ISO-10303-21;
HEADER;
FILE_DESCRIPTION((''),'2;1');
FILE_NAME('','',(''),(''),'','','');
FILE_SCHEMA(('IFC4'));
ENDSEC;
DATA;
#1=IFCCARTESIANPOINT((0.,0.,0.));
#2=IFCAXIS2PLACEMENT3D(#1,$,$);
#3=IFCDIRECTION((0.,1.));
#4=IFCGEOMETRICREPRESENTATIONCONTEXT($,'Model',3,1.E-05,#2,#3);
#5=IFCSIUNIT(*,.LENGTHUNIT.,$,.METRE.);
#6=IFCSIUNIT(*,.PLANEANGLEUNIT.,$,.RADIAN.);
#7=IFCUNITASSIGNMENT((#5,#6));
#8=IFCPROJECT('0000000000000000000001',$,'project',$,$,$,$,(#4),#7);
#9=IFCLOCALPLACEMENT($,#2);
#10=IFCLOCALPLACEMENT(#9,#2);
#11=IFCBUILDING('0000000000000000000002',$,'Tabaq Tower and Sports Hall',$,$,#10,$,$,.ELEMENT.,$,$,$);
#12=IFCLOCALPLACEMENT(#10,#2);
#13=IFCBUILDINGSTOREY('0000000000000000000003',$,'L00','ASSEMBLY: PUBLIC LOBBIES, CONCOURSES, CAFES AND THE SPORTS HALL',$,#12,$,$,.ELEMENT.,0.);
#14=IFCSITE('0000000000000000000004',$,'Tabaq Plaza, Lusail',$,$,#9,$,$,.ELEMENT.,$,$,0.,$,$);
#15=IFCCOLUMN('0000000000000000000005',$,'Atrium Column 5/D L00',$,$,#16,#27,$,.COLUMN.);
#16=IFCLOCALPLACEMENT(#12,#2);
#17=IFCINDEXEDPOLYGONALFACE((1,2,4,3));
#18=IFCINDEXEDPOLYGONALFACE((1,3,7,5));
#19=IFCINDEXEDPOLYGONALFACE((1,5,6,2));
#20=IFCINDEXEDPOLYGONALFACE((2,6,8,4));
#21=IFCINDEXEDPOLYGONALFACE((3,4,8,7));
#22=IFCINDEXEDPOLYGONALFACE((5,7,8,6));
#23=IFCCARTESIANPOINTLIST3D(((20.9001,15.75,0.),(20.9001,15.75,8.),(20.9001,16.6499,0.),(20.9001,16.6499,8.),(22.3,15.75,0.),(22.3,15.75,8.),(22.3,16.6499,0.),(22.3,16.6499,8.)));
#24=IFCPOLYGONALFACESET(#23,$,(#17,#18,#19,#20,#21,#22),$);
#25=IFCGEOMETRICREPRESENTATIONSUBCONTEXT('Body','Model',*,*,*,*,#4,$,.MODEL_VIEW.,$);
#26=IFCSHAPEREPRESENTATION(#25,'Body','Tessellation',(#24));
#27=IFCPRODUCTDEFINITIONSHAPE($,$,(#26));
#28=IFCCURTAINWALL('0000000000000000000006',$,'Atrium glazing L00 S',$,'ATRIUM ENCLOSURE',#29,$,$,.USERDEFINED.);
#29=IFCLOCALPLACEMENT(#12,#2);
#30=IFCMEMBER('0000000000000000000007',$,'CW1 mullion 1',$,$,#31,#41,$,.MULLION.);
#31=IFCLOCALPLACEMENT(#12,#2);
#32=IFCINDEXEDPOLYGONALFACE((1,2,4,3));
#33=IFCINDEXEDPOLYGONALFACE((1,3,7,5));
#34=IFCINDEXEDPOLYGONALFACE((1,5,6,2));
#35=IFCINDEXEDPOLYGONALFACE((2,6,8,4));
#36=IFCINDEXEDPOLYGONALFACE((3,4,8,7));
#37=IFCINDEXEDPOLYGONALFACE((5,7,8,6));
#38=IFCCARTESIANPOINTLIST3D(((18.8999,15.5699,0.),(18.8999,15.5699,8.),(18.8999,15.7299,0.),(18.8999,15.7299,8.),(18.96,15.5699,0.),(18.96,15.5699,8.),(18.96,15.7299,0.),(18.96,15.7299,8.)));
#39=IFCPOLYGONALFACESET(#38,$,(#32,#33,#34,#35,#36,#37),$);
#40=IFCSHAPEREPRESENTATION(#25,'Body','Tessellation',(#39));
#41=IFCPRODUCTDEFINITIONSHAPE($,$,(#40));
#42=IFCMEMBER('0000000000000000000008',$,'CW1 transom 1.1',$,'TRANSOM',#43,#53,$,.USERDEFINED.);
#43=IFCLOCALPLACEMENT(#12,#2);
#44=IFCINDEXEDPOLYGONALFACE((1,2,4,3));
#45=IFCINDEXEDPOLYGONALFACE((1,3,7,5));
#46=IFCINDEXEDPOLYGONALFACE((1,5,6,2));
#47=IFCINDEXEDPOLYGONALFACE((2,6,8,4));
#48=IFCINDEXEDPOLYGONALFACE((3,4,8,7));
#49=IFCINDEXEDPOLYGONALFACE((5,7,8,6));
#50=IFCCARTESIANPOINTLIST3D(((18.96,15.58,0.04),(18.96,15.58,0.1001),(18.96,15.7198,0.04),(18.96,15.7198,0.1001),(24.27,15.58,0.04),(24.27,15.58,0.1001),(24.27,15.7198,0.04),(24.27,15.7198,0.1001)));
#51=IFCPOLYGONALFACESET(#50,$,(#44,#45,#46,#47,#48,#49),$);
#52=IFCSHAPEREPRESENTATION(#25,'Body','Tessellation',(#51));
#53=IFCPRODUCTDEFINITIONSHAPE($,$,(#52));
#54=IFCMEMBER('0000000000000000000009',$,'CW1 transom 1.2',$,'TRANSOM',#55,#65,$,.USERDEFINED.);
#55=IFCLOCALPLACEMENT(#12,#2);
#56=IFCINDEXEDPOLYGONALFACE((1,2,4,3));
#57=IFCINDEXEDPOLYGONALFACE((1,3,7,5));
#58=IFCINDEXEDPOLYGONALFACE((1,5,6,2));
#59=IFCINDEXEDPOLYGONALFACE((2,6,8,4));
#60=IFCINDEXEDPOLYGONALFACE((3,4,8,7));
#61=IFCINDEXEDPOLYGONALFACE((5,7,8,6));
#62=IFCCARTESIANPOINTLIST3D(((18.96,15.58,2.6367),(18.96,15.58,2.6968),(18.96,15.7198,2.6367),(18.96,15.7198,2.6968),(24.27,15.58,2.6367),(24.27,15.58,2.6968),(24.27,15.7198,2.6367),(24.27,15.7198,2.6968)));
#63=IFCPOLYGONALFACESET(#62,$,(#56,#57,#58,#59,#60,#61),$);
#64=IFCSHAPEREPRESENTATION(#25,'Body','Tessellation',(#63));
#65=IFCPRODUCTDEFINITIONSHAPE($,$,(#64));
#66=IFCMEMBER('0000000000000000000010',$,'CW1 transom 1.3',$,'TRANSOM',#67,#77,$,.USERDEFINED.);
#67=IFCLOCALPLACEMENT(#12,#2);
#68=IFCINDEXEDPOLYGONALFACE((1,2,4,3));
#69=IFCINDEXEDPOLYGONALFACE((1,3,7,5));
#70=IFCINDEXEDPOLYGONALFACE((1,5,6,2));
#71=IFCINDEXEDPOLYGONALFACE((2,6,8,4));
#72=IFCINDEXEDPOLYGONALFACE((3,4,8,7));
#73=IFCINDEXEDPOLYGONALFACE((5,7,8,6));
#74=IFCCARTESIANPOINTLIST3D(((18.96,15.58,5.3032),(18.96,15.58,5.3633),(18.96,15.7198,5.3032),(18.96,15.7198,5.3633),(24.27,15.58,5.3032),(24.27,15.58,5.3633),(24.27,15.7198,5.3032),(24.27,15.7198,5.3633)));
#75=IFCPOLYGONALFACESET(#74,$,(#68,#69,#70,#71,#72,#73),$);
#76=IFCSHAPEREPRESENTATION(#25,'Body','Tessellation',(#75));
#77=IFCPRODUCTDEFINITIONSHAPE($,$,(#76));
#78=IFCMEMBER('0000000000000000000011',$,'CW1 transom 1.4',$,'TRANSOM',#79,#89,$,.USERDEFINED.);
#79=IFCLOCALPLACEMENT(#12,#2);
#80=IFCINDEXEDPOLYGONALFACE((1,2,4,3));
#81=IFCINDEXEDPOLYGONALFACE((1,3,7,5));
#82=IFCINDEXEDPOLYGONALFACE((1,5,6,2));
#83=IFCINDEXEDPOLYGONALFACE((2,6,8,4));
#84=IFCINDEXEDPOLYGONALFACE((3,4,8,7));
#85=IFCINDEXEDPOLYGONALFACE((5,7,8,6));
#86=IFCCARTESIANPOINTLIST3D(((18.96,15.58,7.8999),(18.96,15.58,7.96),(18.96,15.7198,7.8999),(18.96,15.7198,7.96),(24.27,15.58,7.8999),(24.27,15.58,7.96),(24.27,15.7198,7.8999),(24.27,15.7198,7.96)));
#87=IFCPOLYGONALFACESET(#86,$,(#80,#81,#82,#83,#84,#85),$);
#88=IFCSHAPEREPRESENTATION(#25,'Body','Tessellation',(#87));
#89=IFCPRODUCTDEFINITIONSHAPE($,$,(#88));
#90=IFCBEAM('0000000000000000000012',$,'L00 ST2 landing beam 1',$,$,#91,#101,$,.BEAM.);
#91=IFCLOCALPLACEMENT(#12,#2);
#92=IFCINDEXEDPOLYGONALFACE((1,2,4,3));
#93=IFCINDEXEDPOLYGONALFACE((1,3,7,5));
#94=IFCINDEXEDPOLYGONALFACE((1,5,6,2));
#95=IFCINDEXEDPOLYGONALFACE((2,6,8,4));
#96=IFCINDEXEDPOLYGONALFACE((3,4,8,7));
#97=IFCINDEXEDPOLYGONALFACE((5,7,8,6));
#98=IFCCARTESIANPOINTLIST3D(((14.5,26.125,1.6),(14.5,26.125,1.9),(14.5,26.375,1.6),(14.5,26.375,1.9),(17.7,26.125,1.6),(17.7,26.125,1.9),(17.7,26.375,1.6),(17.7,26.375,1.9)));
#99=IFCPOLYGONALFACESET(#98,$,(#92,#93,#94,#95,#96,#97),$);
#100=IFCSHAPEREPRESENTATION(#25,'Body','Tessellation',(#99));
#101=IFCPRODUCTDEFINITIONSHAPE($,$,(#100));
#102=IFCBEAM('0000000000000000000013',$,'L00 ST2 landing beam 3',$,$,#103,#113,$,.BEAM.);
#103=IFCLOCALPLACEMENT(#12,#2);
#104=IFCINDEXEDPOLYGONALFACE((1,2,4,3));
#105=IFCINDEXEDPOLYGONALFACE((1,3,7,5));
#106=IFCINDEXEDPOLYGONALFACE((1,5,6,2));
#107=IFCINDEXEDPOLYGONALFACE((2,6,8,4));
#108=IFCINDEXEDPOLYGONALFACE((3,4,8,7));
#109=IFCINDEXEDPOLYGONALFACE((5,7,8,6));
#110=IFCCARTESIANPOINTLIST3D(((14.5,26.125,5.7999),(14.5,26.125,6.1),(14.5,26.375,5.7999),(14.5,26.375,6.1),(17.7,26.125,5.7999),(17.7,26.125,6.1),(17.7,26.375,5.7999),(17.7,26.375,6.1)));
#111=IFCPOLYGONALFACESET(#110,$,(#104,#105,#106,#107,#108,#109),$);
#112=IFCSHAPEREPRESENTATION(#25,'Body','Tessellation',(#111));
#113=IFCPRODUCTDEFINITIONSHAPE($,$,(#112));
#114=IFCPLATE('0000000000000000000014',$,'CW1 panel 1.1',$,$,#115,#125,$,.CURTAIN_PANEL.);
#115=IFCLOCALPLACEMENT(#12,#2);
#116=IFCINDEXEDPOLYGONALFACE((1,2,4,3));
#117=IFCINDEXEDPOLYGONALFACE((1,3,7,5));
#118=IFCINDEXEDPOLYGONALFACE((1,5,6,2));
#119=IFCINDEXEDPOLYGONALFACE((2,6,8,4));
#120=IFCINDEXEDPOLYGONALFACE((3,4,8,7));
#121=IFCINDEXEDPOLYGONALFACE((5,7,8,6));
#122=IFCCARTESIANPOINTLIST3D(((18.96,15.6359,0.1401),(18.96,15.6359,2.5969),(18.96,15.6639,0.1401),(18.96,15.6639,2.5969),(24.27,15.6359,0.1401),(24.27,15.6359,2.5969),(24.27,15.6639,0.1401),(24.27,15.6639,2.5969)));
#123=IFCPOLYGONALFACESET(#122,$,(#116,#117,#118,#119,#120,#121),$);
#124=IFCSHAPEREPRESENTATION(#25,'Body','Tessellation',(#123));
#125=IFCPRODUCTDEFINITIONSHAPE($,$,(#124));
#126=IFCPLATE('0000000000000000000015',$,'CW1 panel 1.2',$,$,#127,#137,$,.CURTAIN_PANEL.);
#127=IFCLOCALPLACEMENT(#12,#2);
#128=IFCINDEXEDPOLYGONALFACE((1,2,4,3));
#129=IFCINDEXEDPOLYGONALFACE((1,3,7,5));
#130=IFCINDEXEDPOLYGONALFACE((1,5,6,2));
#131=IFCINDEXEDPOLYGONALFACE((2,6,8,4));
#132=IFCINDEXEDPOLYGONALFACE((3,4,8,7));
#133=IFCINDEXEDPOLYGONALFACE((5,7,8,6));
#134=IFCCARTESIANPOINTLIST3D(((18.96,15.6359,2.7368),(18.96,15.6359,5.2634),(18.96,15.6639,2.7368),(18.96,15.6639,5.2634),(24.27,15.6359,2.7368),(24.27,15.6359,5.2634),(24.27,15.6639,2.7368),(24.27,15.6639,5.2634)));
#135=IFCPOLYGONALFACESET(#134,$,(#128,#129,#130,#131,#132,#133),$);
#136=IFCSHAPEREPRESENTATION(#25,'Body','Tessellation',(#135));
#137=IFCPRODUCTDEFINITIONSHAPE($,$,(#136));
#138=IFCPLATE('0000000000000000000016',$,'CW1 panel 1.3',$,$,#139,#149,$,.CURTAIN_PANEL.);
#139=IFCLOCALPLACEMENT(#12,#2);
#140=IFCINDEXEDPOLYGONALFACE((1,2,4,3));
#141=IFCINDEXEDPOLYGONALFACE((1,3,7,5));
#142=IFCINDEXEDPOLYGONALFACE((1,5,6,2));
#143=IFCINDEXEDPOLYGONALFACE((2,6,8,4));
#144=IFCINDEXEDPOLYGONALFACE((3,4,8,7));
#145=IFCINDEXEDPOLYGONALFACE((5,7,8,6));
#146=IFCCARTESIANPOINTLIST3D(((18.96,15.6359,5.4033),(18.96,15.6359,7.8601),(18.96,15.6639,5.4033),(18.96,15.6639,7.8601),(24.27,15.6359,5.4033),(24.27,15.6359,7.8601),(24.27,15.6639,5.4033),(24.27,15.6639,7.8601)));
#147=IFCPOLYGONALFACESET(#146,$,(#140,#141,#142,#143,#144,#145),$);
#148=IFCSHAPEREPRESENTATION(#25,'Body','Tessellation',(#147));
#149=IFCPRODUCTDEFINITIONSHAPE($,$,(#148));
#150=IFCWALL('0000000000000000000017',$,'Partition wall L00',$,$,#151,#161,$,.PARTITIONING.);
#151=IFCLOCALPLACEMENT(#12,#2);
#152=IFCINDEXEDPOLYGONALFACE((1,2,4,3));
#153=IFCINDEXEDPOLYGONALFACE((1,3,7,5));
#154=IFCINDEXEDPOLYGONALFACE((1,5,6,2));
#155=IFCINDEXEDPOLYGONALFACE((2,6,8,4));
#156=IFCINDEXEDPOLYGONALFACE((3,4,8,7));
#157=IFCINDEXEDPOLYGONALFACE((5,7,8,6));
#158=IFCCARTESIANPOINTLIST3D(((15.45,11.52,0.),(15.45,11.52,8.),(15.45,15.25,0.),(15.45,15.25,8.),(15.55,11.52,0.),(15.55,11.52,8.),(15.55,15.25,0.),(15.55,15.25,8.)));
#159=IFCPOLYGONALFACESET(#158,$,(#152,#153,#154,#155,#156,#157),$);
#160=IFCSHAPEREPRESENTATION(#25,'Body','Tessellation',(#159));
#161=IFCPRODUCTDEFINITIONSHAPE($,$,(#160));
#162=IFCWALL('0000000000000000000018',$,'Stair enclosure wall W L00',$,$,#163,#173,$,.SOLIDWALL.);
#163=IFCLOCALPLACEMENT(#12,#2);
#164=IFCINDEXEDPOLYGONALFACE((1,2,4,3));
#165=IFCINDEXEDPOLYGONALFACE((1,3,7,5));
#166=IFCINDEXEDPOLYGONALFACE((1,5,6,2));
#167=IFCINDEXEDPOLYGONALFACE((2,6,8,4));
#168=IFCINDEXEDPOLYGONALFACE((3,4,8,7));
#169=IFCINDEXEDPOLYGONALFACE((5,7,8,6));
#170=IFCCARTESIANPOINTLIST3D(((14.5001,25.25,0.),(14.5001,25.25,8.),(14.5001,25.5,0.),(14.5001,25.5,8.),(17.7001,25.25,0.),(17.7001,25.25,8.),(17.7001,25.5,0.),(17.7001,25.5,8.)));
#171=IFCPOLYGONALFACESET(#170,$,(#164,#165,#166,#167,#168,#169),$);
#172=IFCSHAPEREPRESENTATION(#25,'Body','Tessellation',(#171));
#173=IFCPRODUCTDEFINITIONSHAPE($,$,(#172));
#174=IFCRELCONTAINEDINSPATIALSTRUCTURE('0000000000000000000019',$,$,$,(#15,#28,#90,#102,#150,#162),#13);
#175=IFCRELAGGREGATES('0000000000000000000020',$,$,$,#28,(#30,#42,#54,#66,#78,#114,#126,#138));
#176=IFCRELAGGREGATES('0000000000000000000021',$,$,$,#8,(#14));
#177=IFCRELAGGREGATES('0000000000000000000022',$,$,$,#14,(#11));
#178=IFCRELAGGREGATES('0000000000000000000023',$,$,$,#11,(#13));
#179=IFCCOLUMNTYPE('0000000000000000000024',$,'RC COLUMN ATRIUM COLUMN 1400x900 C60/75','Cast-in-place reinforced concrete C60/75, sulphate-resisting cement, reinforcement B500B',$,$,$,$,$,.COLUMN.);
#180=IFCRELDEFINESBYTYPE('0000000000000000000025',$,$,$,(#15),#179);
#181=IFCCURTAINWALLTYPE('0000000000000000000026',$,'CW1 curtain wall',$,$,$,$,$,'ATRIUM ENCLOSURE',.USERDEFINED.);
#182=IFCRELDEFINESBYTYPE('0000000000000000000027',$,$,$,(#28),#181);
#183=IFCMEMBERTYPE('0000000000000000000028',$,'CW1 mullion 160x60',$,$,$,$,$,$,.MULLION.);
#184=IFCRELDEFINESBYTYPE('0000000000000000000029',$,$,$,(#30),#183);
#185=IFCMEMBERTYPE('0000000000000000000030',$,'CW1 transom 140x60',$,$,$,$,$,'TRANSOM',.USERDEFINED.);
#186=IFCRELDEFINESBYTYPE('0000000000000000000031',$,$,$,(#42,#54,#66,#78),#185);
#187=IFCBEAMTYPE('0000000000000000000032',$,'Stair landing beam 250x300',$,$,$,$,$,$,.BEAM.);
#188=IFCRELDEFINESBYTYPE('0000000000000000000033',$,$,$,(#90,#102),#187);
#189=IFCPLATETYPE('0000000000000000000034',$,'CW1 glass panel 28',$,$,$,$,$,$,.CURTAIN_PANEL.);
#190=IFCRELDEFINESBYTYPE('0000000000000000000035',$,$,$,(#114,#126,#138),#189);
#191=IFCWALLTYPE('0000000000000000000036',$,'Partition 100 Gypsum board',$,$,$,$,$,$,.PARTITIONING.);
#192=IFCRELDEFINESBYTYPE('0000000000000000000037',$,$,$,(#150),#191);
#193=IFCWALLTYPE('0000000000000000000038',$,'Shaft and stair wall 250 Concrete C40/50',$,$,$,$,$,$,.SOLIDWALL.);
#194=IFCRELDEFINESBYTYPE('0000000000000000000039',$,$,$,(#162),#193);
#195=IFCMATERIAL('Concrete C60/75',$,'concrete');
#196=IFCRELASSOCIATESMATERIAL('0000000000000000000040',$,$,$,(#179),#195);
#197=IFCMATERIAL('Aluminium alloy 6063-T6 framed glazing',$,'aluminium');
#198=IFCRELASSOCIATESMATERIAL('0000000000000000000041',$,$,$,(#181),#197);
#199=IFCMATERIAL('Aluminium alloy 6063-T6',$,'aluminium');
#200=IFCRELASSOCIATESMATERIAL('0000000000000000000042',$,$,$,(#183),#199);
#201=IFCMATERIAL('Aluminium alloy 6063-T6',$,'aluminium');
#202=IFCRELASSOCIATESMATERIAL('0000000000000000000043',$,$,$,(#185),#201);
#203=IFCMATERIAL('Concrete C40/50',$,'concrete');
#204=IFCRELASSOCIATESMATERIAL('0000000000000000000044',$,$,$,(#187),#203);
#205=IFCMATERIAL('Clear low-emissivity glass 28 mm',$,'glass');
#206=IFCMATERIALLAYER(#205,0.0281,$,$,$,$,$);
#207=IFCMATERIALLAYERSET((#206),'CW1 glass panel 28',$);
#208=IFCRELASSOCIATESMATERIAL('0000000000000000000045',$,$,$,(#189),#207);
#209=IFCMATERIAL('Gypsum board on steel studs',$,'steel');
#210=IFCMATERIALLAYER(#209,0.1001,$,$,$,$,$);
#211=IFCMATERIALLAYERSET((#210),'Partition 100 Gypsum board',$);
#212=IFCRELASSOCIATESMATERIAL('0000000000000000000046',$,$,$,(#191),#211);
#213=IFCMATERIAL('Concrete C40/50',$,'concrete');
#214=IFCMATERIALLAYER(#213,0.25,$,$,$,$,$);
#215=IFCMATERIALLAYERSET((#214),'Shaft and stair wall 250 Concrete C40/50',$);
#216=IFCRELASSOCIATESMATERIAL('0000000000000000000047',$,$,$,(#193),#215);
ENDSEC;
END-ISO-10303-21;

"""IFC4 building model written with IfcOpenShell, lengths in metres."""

from ifc_helpers import new_model, si_unit, direction, frame, frame_2d, origin, origin_2d, place, context, subcontext, project, spatial, rectangle, extrude, material, layer, layer_set, material_profile, profile_set, type_object, element, aggregate, save


model = new_model("IFC4")

# Units and contexts
model_context = context("Model", 3, precision=1e-05, world=origin(), true_north=direction((0.0, 1.0)))
body_context = subcontext(model_context, "Body", "Model", "MODEL_VIEW")
ifc_project = project(units=[si_unit("LENGTHUNIT", "METRE"), si_unit("PLANEANGLEUNIT", "RADIAN")], contexts=[model_context])

# Site, building, storey
site_placement = place(None, origin())
site = spatial("IfcSite", under=ifc_project, at=site_placement, Name="Tabaq Plaza, Lusail", CompositionType="ELEMENT", RefElevation=0.0)
building_placement = place(site_placement, origin())
building = spatial("IfcBuilding", under=site, at=building_placement, Name="Tabaq Tower and Sports Hall", CompositionType="ELEMENT")
storey_placement = place(building_placement, origin())
storey = spatial("IfcBuildingStorey", under=building, at=storey_placement, Name="L00", Description="ASSEMBLY: PUBLIC LOBBIES, CONCOURSES, CAFES AND THE SPORTS HALL", CompositionType="ELEMENT", Elevation=0.0)

# Column
ifc_material_1 = material(Name="Concrete C60/75", Category="concrete")
ifc_material_profile_1 = material_profile(ifc_material_1, rectangle(XDim=1.3999, YDim=0.8999, at=origin_2d()), Name="ATRIUM COLUMN 1400x900")
ifc_profile_set_1 = profile_set([ifc_material_profile_1], Name="Concrete C60/75")
column_type = type_object("IfcColumnType", Name="RC COLUMN ATRIUM COLUMN 1400x900 C60/75", Description="Cast-in-place reinforced concrete C60/75, sulphate-resisting cement, reinforcement B500B", PredefinedType="COLUMN", material=ifc_profile_set_1)
column_placement = place(storey_placement, frame((21.6001, 16.2, 0.0), z_axis=(0.0, 0.0, 1.0), x_axis=(1.0, 0.0, 0.0)))
element("IfcColumn", 1, at=column_placement, inside=storey, type_object=column_type, Name="Atrium Column 5/D L00", PredefinedType="COLUMN", context=body_context, shape_type="SweptSolid", body=[
    extrude(rectangle(XDim=1.3999, YDim=0.8999, at=origin_2d()), origin(), (0.0, 0.0, 1.0), 8.0),
])

# Curtain wall, members
ifc_material_2 = material(Name="Aluminium alloy 6063-T6 framed glazing", Category="aluminium")
curtain_wall_type = type_object("IfcCurtainWallType", Name="CW1 curtain wall", ElementType="ATRIUM ENCLOSURE", PredefinedType="USERDEFINED", material=ifc_material_2)
curtain_wall_placement = place(storey_placement, origin())
curtain_wall = element("IfcCurtainWall", 2, at=curtain_wall_placement, inside=storey, type_object=curtain_wall_type, Name="Atrium glazing L00 S", ObjectType="ATRIUM ENCLOSURE", PredefinedType="USERDEFINED")
ifc_material_3 = material(Name="Aluminium alloy 6063-T6", Category="aluminium")
ifc_material_profile_2 = material_profile(ifc_material_3, rectangle(XDim=0.1599, YDim=0.0601, at=origin_2d()), Name="MULLION 160x60")
ifc_profile_set_2 = profile_set([ifc_material_profile_2], Name="Aluminium alloy 6063-T6")
member_type_1 = type_object("IfcMemberType", Name="CW1 mullion 160x60", PredefinedType="MULLION", material=ifc_profile_set_2)
member_1_placement = place(storey_placement, frame((18.9299, 15.6499, 0.0), z_axis=(0.0, 0.0, 1.0), x_axis=(0.0, 1.0, 0.0)))
member_1 = element("IfcMember", 3, at=member_1_placement, type_object=member_type_1, Name="CW1 mullion 1", PredefinedType="MULLION", context=body_context, shape_type="SweptSolid", body=[
    extrude(rectangle(XDim=0.1599, YDim=0.0601, at=origin_2d()), origin(), (0.0, 0.0, 1.0), 8.0),
])
ifc_material_4 = material(Name="Aluminium alloy 6063-T6", Category="aluminium")
ifc_material_profile_3 = material_profile(ifc_material_4, rectangle(XDim=0.1399, YDim=0.0601, at=origin_2d()), Name="TRANSOM 140x60")
ifc_profile_set_3 = profile_set([ifc_material_profile_3], Name="Aluminium alloy 6063-T6")
member_type_2 = type_object("IfcMemberType", Name="CW1 transom 140x60", ElementType="TRANSOM", PredefinedType="USERDEFINED", material=ifc_profile_set_3)
member_2_placement = place(storey_placement, frame((18.96, 15.6499, 0.0701), z_axis=(1.0, 0.0, 0.0), x_axis=(0.0, 1.0, 0.0)))
member_2 = element("IfcMember", 4, at=member_2_placement, type_object=member_type_2, Name="CW1 transom 1.1", ObjectType="TRANSOM", PredefinedType="USERDEFINED", context=body_context, shape_type="SweptSolid", body=[
    extrude(rectangle(XDim=0.1399, YDim=0.0601, at=origin_2d()), origin(), (0.0, 0.0, 1.0), 5.3101),
])
member_3_placement = place(storey_placement, frame((18.96, 15.6499, 2.6667), z_axis=(1.0, 0.0, 0.0), x_axis=(0.0, 1.0, 0.0)))
member_3 = element("IfcMember", 5, at=member_3_placement, type_object=member_type_2, Name="CW1 transom 1.2", ObjectType="TRANSOM", PredefinedType="USERDEFINED", context=body_context, shape_type="SweptSolid", body=[
    extrude(rectangle(XDim=0.1399, YDim=0.0601, at=origin_2d()), origin(), (0.0, 0.0, 1.0), 5.3101),
])
member_4_placement = place(storey_placement, frame((18.96, 15.6499, 5.3333), z_axis=(1.0, 0.0, 0.0), x_axis=(0.0, 1.0, 0.0)))
member_4 = element("IfcMember", 6, at=member_4_placement, type_object=member_type_2, Name="CW1 transom 1.3", ObjectType="TRANSOM", PredefinedType="USERDEFINED", context=body_context, shape_type="SweptSolid", body=[
    extrude(rectangle(XDim=0.1399, YDim=0.0601, at=origin_2d()), origin(), (0.0, 0.0, 1.0), 5.3101),
])
member_5_placement = place(storey_placement, frame((18.96, 15.6499, 7.9299), z_axis=(1.0, 0.0, 0.0), x_axis=(0.0, 1.0, 0.0)))
member_5 = element("IfcMember", 7, at=member_5_placement, type_object=member_type_2, Name="CW1 transom 1.4", ObjectType="TRANSOM", PredefinedType="USERDEFINED", context=body_context, shape_type="SweptSolid", body=[
    extrude(rectangle(XDim=0.1399, YDim=0.0601, at=origin_2d()), origin(), (0.0, 0.0, 1.0), 5.3101),
])

# Beams
ifc_material_5 = material(Name="Concrete C40/50", Category="concrete")
ifc_material_profile_4 = material_profile(ifc_material_5, rectangle(XDim=0.25, YDim=0.3, at=origin_2d()), Name="RC 250x300")
ifc_profile_set_4 = profile_set([ifc_material_profile_4], Name="Concrete C40/50")
beam_type = type_object("IfcBeamType", Name="Stair landing beam 250x300", PredefinedType="BEAM", material=ifc_profile_set_4)
for number, where, z_axis, x_axis, name in (
    (8, (14.5, 26.25, 1.75), (1.0, 0.0, 0.0), (0.0, 1.0, 0.0), "L00 ST2 landing beam 1"),
    (9, (14.5, 26.25, 5.95), (1.0, 0.0, 0.0), (0.0, 1.0, 0.0), "L00 ST2 landing beam 3"),
):
    element("IfcBeam", number, at=place(storey_placement, frame(where, z_axis=z_axis, x_axis=x_axis)), inside=storey, type_object=beam_type, Name=name, PredefinedType="BEAM", context=body_context, shape_type="SweptSolid", body=[
        extrude(rectangle(XDim=0.25, YDim=0.3, at=origin_2d()), origin(), (0.0, 0.0, 1.0), 3.2),
    ])

# Plates
ifc_material_6 = material(Name="Clear low-emissivity glass 28 mm", Category="glass")
ifc_layer_1 = layer(ifc_material_6, 0.0281)
ifc_layer_set_1 = layer_set([ifc_layer_1], Name="CW1 glass panel 28")
plate_type = type_object("IfcPlateType", Name="CW1 glass panel 28", PredefinedType="CURTAIN_PANEL", material=ifc_layer_set_1)
plate_1_placement = place(storey_placement, frame((21.615, 15.6499, 0.1401), z_axis=(0.0, 0.0, 1.0), x_axis=(1.0, 0.0, 0.0)))
plate_1 = element("IfcPlate", 10, at=plate_1_placement, type_object=plate_type, Name="CW1 panel 1.1", PredefinedType="CURTAIN_PANEL", context=body_context, shape_type="SweptSolid", body=[
    extrude(rectangle(XDim=5.3101, YDim=0.0281, at=origin_2d()), origin(), (0.0, 0.0, 1.0), 2.4568),
])
plate_2_placement = place(storey_placement, frame((21.615, 15.6499, 2.7368), z_axis=(0.0, 0.0, 1.0), x_axis=(1.0, 0.0, 0.0)))
plate_2 = element("IfcPlate", 11, at=plate_2_placement, type_object=plate_type, Name="CW1 panel 1.2", PredefinedType="CURTAIN_PANEL", context=body_context, shape_type="SweptSolid", body=[
    extrude(rectangle(XDim=5.3101, YDim=0.0281, at=origin_2d()), origin(), (0.0, 0.0, 1.0), 2.5266),
])
plate_3_placement = place(storey_placement, frame((21.615, 15.6499, 5.4033), z_axis=(0.0, 0.0, 1.0), x_axis=(1.0, 0.0, 0.0)))
plate_3 = element("IfcPlate", 12, at=plate_3_placement, type_object=plate_type, Name="CW1 panel 1.3", PredefinedType="CURTAIN_PANEL", context=body_context, shape_type="SweptSolid", body=[
    extrude(rectangle(XDim=5.3101, YDim=0.0281, at=origin_2d()), origin(), (0.0, 0.0, 1.0), 2.4568),
])
aggregate(curtain_wall, [member_1, member_2, member_3, member_4, member_5, plate_1, plate_2, plate_3])

# Walls
ifc_material_7 = material(Name="Gypsum board on steel studs", Category="steel")
ifc_layer_2 = layer(ifc_material_7, 0.1001)
ifc_layer_set_2 = layer_set([ifc_layer_2], Name="Partition 100 Gypsum board")
wall_type_1 = type_object("IfcWallType", Name="Partition 100 Gypsum board", PredefinedType="PARTITIONING", material=ifc_layer_set_2)
wall_1_placement = place(storey_placement, frame((15.5, 15.25, 0.0), z_axis=(0.0, 0.0, 1.0), x_axis=(0.0, -1.0, 0.0)))
element("IfcWall", 13, at=wall_1_placement, inside=storey, type_object=wall_type_1, Name="Partition wall L00", PredefinedType="PARTITIONING", context=body_context, shape_type="SweptSolid", body=[
    extrude(rectangle(XDim=3.73, YDim=0.1001, at=frame_2d((1.865, 0.0))), origin(), (0.0, 0.0, 1.0), 8.0),
])
ifc_material_8 = material(Name="Concrete C40/50", Category="concrete")
ifc_layer_3 = layer(ifc_material_8, 0.25)
ifc_layer_set_3 = layer_set([ifc_layer_3], Name="Shaft and stair wall 250 Concrete C40/50")
wall_type_2 = type_object("IfcWallType", Name="Shaft and stair wall 250 Concrete C40/50", PredefinedType="SOLIDWALL", material=ifc_layer_set_3)
wall_2_placement = place(storey_placement, frame((14.5, 25.375, 0.0), z_axis=(0.0, 0.0, 1.0), x_axis=(1.0, 0.0, 0.0)))
element("IfcWall", 14, at=wall_2_placement, inside=storey, type_object=wall_type_2, Name="Stair enclosure wall W L00", PredefinedType="SOLIDWALL", context=body_context, shape_type="SweptSolid", body=[
    extrude(rectangle(XDim=3.2, YDim=0.25, at=frame_2d((1.6001, 0.0))), origin(), (0.0, 0.0, 1.0), 8.0),
])

save(model, "model.ifc")
